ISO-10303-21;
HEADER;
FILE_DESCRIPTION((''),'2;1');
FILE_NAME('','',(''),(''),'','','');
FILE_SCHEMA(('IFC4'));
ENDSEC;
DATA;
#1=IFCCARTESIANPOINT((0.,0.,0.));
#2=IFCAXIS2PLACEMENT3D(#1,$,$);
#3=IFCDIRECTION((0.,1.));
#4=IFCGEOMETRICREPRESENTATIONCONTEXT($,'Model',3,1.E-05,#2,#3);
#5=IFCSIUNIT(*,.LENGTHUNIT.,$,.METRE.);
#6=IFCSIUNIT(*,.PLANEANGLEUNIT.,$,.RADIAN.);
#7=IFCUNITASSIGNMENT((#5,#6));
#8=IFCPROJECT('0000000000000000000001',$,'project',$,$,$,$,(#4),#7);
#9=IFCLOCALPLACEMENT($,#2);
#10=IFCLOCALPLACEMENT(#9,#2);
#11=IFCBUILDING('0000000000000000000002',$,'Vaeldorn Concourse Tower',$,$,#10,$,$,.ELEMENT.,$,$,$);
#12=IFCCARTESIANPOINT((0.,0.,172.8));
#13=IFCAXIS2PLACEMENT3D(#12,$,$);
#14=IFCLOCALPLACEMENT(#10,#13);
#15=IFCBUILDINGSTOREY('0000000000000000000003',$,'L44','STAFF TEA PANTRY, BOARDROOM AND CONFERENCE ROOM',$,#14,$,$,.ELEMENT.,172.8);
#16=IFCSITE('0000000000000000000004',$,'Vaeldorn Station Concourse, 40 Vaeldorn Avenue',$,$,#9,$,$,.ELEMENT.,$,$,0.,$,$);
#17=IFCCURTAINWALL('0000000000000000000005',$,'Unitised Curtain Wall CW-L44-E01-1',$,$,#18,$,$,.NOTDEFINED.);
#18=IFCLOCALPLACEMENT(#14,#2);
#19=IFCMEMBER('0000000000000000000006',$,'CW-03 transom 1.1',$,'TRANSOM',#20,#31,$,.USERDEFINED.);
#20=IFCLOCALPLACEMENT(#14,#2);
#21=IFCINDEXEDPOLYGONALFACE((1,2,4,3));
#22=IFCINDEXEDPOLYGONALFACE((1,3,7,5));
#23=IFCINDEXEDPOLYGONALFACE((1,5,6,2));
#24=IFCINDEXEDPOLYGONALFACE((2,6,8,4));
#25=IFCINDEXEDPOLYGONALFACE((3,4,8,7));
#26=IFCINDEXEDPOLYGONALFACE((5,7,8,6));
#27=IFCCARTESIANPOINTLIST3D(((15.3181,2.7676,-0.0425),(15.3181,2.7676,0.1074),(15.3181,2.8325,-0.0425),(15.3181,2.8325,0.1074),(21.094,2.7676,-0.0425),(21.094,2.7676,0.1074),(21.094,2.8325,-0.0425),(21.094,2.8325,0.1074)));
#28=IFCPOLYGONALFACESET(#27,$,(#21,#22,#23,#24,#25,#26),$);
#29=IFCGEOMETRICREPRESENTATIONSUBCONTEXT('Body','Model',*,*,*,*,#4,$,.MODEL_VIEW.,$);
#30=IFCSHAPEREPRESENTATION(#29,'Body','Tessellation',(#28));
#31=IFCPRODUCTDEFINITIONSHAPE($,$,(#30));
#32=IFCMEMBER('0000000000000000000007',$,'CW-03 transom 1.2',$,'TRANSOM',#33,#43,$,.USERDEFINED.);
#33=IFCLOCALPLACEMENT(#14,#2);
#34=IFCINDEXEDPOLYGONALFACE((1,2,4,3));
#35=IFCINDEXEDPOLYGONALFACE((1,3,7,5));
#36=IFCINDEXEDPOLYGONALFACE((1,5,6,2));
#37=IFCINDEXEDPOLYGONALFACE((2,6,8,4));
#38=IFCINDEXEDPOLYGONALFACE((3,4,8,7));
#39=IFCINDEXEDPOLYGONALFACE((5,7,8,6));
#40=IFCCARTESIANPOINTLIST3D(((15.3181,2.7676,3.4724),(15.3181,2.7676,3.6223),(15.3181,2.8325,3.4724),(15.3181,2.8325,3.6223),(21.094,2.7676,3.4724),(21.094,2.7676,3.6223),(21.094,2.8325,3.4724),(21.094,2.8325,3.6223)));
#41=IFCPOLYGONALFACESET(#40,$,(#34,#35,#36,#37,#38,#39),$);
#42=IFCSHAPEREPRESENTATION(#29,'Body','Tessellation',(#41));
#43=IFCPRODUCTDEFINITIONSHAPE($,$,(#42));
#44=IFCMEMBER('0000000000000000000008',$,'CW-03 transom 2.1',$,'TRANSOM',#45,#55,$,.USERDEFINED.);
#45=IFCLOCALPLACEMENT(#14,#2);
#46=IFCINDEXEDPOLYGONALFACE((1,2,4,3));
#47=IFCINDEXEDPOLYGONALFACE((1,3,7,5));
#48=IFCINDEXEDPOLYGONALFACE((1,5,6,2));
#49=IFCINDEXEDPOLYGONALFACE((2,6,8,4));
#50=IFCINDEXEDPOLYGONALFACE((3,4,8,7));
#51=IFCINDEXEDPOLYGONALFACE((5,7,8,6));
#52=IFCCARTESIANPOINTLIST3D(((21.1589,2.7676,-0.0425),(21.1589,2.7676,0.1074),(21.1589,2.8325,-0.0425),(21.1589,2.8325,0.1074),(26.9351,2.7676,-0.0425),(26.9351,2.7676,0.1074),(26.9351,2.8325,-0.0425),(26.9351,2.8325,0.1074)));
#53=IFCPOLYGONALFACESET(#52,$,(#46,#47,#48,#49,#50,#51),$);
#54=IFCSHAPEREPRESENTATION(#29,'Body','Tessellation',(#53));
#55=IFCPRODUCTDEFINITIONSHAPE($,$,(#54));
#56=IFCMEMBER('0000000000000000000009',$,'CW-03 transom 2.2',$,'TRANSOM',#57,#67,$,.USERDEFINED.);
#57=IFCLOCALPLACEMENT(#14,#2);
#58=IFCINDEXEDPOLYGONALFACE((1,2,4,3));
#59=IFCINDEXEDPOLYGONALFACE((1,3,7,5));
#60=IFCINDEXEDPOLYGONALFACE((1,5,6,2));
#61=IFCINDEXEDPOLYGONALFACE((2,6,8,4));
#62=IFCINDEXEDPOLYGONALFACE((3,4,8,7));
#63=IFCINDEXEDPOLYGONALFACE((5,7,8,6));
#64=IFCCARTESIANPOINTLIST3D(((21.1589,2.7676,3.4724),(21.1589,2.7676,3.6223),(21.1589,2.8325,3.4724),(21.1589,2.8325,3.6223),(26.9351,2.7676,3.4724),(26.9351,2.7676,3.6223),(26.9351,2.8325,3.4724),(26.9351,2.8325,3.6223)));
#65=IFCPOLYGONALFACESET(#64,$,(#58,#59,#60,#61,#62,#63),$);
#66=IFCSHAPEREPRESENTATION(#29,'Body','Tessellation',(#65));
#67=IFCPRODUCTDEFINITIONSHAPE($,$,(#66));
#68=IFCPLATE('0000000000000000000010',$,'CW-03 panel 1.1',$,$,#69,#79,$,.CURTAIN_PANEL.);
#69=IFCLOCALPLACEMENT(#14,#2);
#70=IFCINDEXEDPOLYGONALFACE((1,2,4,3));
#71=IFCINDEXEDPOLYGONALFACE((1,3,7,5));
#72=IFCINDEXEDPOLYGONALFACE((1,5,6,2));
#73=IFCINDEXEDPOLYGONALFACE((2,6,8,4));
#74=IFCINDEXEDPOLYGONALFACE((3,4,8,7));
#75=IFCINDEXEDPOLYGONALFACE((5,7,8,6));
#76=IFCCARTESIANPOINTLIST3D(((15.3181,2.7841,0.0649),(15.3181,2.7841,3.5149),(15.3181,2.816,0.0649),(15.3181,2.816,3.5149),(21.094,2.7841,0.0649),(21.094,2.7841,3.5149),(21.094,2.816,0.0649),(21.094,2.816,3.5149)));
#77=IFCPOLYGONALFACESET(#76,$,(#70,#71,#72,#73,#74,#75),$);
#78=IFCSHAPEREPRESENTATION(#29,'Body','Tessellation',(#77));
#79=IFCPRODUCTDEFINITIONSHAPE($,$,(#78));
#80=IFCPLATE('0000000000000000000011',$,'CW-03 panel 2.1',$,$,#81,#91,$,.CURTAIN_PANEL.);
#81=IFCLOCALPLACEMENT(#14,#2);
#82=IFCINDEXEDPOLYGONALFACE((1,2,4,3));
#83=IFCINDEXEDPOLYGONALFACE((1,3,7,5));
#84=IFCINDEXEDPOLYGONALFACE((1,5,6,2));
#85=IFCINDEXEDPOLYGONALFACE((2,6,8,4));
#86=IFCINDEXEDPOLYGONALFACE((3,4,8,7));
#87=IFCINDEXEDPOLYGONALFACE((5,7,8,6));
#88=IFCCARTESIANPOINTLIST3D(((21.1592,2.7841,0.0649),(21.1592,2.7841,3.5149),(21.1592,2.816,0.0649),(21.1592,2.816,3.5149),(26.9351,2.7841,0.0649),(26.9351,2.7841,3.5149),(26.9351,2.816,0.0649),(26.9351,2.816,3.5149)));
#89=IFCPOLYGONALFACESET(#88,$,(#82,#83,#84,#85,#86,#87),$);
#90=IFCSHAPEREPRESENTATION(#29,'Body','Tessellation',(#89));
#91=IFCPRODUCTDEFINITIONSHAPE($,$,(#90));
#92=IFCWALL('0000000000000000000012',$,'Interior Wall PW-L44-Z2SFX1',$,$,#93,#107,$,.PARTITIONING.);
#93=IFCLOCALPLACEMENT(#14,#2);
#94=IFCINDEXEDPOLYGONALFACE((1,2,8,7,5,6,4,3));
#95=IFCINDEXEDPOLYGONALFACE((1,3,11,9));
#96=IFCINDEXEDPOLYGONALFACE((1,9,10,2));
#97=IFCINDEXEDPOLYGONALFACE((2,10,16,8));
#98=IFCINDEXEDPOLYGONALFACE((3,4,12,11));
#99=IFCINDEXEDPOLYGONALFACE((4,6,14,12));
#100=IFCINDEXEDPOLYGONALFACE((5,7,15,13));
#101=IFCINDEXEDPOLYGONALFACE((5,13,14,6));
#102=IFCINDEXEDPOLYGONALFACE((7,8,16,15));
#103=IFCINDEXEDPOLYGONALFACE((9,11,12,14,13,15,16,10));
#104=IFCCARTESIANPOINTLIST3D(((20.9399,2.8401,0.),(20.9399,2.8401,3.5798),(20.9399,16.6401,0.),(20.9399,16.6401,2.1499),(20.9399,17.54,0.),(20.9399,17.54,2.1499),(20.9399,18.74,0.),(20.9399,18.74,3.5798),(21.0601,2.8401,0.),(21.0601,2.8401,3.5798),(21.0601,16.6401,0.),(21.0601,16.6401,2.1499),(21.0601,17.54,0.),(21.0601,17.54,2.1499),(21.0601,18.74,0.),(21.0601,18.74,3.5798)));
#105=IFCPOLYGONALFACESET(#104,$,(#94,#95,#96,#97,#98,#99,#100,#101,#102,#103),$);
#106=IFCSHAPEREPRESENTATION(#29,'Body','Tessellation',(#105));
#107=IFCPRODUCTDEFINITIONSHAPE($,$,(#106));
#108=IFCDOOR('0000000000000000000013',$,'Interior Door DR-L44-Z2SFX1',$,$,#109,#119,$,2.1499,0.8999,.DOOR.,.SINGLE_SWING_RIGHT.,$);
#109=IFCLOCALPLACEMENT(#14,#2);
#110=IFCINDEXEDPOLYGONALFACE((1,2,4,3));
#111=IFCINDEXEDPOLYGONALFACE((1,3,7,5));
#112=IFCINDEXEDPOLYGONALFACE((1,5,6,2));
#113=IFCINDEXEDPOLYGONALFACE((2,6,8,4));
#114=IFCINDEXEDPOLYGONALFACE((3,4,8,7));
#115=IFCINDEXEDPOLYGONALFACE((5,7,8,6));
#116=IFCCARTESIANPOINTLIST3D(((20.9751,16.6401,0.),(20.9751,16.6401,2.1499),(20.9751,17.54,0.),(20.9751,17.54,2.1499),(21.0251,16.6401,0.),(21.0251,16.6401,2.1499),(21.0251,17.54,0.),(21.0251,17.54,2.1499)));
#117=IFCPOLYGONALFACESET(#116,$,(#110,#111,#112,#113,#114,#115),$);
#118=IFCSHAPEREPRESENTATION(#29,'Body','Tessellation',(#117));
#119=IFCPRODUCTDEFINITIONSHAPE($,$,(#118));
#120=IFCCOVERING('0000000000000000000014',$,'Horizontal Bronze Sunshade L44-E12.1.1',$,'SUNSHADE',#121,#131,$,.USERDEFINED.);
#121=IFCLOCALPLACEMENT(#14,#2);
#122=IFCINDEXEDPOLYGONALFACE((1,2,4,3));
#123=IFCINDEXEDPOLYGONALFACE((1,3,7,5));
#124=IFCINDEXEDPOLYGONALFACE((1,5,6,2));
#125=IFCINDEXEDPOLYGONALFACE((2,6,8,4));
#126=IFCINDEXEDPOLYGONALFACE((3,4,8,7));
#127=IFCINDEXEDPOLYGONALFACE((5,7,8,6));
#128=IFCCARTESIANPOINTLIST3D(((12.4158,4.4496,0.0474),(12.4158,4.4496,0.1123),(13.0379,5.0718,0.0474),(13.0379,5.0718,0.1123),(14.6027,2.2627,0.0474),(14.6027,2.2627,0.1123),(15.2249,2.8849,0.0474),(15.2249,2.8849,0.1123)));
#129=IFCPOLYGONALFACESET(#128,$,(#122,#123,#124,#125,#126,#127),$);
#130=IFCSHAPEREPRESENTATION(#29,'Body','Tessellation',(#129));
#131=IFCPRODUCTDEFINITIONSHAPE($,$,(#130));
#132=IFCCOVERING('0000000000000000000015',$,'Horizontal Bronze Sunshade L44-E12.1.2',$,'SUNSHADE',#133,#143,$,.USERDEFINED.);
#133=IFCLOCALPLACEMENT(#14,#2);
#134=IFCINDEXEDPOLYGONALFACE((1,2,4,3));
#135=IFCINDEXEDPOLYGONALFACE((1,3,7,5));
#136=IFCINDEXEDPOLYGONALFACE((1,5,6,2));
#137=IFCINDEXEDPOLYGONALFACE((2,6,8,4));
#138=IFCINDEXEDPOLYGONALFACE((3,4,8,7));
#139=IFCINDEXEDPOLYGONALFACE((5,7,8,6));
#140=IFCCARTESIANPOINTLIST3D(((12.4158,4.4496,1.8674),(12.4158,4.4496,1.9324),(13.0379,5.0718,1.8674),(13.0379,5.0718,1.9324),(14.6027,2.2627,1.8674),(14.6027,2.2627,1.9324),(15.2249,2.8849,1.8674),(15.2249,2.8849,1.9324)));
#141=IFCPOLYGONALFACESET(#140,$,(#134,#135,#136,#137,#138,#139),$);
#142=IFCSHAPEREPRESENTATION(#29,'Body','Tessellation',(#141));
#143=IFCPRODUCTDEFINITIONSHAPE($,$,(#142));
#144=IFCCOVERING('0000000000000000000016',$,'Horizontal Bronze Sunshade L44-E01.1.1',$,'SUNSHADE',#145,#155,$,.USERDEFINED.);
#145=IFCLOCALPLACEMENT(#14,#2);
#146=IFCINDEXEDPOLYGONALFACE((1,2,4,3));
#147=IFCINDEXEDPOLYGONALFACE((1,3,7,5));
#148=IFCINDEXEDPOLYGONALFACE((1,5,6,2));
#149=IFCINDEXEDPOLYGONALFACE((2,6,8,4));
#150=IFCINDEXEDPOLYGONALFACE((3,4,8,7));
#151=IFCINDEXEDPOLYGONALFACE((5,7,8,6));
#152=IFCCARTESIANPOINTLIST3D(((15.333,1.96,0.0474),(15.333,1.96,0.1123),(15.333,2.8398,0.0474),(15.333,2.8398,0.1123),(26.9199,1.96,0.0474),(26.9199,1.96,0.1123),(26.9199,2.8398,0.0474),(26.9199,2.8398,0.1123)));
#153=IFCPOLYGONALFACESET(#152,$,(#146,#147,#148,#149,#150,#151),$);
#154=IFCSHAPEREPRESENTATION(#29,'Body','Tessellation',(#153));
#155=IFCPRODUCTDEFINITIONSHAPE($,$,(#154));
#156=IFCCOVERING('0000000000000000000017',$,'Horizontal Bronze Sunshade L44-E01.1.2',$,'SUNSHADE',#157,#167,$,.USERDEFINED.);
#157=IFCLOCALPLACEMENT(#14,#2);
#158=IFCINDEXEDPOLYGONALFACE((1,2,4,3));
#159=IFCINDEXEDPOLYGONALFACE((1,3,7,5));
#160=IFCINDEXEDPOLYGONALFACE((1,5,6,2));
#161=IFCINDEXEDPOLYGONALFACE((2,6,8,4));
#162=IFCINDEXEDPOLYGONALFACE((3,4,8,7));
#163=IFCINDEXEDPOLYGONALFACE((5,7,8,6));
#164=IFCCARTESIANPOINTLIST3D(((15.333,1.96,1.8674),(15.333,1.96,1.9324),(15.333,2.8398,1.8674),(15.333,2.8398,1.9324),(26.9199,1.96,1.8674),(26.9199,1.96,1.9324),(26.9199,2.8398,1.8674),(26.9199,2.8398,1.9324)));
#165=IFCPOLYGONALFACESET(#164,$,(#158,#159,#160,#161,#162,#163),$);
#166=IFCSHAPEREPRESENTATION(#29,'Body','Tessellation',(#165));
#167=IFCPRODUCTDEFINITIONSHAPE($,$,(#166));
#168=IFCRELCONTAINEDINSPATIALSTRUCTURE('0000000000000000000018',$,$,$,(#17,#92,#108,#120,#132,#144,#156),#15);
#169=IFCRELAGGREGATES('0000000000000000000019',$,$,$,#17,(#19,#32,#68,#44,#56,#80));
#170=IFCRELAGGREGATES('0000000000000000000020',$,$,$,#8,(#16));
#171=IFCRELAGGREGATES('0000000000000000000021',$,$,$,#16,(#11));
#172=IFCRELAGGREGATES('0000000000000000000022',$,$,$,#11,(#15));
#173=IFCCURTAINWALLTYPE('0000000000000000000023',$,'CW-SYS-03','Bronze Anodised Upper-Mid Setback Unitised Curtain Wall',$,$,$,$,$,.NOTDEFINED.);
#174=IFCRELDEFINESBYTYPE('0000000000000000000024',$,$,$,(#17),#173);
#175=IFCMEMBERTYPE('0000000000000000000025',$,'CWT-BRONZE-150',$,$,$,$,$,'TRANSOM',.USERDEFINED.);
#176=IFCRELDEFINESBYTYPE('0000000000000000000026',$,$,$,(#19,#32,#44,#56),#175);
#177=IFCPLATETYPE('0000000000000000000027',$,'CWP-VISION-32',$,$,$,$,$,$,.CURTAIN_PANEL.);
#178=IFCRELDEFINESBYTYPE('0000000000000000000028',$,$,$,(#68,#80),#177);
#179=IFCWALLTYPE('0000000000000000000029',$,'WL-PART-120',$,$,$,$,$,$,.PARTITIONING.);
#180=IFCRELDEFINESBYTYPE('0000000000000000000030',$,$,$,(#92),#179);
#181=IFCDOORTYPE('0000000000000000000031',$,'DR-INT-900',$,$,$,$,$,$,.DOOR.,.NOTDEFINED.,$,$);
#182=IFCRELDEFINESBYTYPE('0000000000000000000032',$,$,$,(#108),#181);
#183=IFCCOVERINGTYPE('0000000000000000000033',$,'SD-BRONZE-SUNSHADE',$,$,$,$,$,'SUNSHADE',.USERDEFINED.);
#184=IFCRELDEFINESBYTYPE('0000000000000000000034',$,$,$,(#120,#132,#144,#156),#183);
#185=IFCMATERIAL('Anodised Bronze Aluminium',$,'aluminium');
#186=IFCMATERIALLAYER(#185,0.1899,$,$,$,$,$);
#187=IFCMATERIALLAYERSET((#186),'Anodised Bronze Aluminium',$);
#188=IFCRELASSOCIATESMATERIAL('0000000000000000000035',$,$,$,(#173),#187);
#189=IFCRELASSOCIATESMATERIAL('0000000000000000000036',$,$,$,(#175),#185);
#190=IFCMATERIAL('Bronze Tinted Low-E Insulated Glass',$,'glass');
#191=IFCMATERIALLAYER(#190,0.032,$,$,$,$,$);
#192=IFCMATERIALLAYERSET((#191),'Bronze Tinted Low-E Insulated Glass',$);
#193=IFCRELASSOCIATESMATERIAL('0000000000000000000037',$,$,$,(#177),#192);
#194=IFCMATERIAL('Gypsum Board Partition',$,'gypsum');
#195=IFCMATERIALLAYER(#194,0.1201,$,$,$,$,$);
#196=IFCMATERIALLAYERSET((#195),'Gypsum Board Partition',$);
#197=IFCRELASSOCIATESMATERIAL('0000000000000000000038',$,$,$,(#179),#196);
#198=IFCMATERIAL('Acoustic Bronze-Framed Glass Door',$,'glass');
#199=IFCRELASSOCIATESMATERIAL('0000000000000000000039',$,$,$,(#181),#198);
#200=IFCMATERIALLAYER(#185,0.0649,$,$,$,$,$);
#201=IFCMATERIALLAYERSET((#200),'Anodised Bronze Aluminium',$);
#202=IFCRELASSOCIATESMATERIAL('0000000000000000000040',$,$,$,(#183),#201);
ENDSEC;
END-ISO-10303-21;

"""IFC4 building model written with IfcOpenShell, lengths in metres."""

from ifc_helpers import new_model, si_unit, direction, frame, frame_2d, origin, origin_2d, place, context, subcontext, project, spatial, rectangle, extrude, source, transform, mapped, material, layer, layer_set, material_profile, profile_set, type_object, element, fill, aggregate, save


model = new_model("IFC4")

# Units and contexts
model_context = context("Model", 3, precision=1e-05, world=origin(), true_north=direction((0.0, 1.0)))
body_context = subcontext(model_context, "Body", "Model", "MODEL_VIEW")
ifc_project = project(units=[si_unit("LENGTHUNIT", "METRE"), si_unit("PLANEANGLEUNIT", "RADIAN")], contexts=[model_context])

# Site, building, storey
site_placement = place(None, origin())
site = spatial("IfcSite", under=ifc_project, at=site_placement, Name="Vaeldorn Station Concourse, 40 Vaeldorn Avenue", CompositionType="ELEMENT", RefElevation=0.0)
building_placement = place(site_placement, origin())
building = spatial("IfcBuilding", under=site, at=building_placement, Name="Vaeldorn Concourse Tower", CompositionType="ELEMENT")
storey_placement = place(building_placement, frame((0.0, 0.0, 172.8)))
storey = spatial("IfcBuildingStorey", under=building, at=storey_placement, Name="L44", Description="STAFF TEA PANTRY, BOARDROOM AND CONFERENCE ROOM", CompositionType="ELEMENT", Elevation=172.8)

# Curtain wall
ifc_material_1 = material(Name="Anodised Bronze Aluminium", Category="aluminium")
ifc_layer_1 = layer(ifc_material_1, 0.1899)
ifc_layer_set_1 = layer_set([ifc_layer_1], Name="Anodised Bronze Aluminium")
curtain_wall_type = type_object("IfcCurtainWallType", Name="CW-SYS-03", Description="Bronze Anodised Upper-Mid Setback Unitised Curtain Wall", PredefinedType="NOTDEFINED", material=ifc_layer_set_1)
curtain_wall_1_placement = place(storey_placement, origin())
curtain_wall_1 = element("IfcCurtainWall", 1, at=curtain_wall_1_placement, inside=storey, type_object=curtain_wall_type, Name="Unitised Curtain Wall CW-L44-E01-1", PredefinedType="NOTDEFINED")

# Members
ifc_material_profile_1 = material_profile(ifc_material_1, rectangle(XDim=0.0649, YDim=0.1499, at=origin_2d()), Name="CWT 65x150")
ifc_profile_set_1 = profile_set([ifc_material_profile_1], Name="Anodised Bronze Aluminium")
member_type_1 = type_object("IfcMemberType", Name="CWT-BRONZE-150", ElementType="TRANSOM", PredefinedType="USERDEFINED", material=ifc_profile_set_1)
shared_shape_1 = source(origin(), body_context, "Body", "SweptSolid", [
    extrude(rectangle(XDim=0.0649, YDim=0.1499, at=origin_2d()), origin(), (0.0, 0.0, 1.0), 5.7759),
])
member_1_placement = place(storey_placement, frame((15.3181, 2.8, 0.0325), z_axis=(1.0, 0.0, 0.0), x_axis=(0.0, 1.0, 0.0)))
member_1 = element("IfcMember", 2, at=member_1_placement, type_object=member_type_1, Name="CW-03 transom 1.1", ObjectType="TRANSOM", PredefinedType="USERDEFINED", context=body_context, shape_type="MappedRepresentation", body=[
    mapped(shared_shape_1, transform((0.0, 0.0, 0.0), scale=1.0)),
])
member_2_placement = place(storey_placement, frame((15.3181, 2.8, 3.5474), z_axis=(1.0, 0.0, 0.0), x_axis=(0.0, 1.0, 0.0)))
member_2 = element("IfcMember", 3, at=member_2_placement, type_object=member_type_1, Name="CW-03 transom 1.2", ObjectType="TRANSOM", PredefinedType="USERDEFINED", context=body_context, shape_type="MappedRepresentation", body=[
    mapped(shared_shape_1, transform((0.0, 0.0, 0.0), scale=1.0)),
])
shared_shape_2 = source(origin(), body_context, "Body", "SweptSolid", [
    extrude(rectangle(XDim=0.0649, YDim=0.1499, at=origin_2d()), origin(), (0.0, 0.0, 1.0), 5.7761),
])
member_3_placement = place(storey_placement, frame((21.1589, 2.8, 0.0325), z_axis=(1.0, 0.0, 0.0), x_axis=(0.0, 1.0, 0.0)))
member_3 = element("IfcMember", 4, at=member_3_placement, type_object=member_type_1, Name="CW-03 transom 2.1", ObjectType="TRANSOM", PredefinedType="USERDEFINED", context=body_context, shape_type="MappedRepresentation", body=[
    mapped(shared_shape_2, transform((0.0, 0.0, 0.0), scale=1.0)),
])
member_4_placement = place(storey_placement, frame((21.1589, 2.8, 3.5474), z_axis=(1.0, 0.0, 0.0), x_axis=(0.0, 1.0, 0.0)))
member_4 = element("IfcMember", 5, at=member_4_placement, type_object=member_type_1, Name="CW-03 transom 2.2", ObjectType="TRANSOM", PredefinedType="USERDEFINED", context=body_context, shape_type="MappedRepresentation", body=[
    mapped(shared_shape_2, transform((0.0, 0.0, 0.0), scale=1.0)),
])

# Plates
ifc_material_2 = material(Name="Bronze Tinted Low-E Insulated Glass", Category="glass")
ifc_layer_2 = layer(ifc_material_2, 0.032)
ifc_layer_set_2 = layer_set([ifc_layer_2], Name="Bronze Tinted Low-E Insulated Glass")
plate_type = type_object("IfcPlateType", Name="CWP-VISION-32", PredefinedType="CURTAIN_PANEL", material=ifc_layer_set_2)
shared_shape_3 = source(origin(), body_context, "Body", "SweptSolid", [
    extrude(rectangle(XDim=5.7759, YDim=0.032, at=origin_2d()), origin(), (0.0, 0.0, 1.0), 3.45),
])
plate_1_placement = place(storey_placement, frame((18.2061, 2.8, 0.0649), z_axis=(0.0, 0.0, 1.0), x_axis=(1.0, 0.0, 0.0)))
plate_1 = element("IfcPlate", 6, at=plate_1_placement, type_object=plate_type, Name="CW-03 panel 1.1", PredefinedType="CURTAIN_PANEL", context=body_context, shape_type="MappedRepresentation", body=[
    mapped(shared_shape_3, transform((0.0, 0.0, 0.0), scale=1.0)),
])
plate_2_placement = place(storey_placement, frame((24.0471, 2.8, 0.0649), z_axis=(0.0, 0.0, 1.0), x_axis=(1.0, 0.0, 0.0)))
plate_2 = element("IfcPlate", 7, at=plate_2_placement, type_object=plate_type, Name="CW-03 panel 2.1", PredefinedType="CURTAIN_PANEL", context=body_context, shape_type="MappedRepresentation", body=[
    mapped(shared_shape_3, transform((0.0, 0.0, 0.0), scale=1.0)),
])
aggregate(curtain_wall_1, [member_1, member_2, plate_1, member_3, member_4, plate_2])

# Wall, opening, door
ifc_material_3 = material(Name="Gypsum Board Partition", Category="gypsum")
ifc_layer_3 = layer(ifc_material_3, 0.1201)
ifc_layer_set_3 = layer_set([ifc_layer_3], Name="Gypsum Board Partition")
wall_type = type_object("IfcWallType", Name="WL-PART-120", PredefinedType="PARTITIONING", material=ifc_layer_set_3)
wall_placement = place(storey_placement, frame((21.0, 2.8401, 0.0), z_axis=(0.0, 0.0, 1.0), x_axis=(0.0, 1.0, 0.0)))
wall = element("IfcWall", 8, at=wall_placement, inside=storey, type_object=wall_type, Name="Interior Wall PW-L44-Z2SFX1", PredefinedType="PARTITIONING", context=body_context, shape_type="SweptSolid", body=[
    extrude(rectangle(XDim=15.8999, YDim=0.1201, at=frame_2d((7.95, 0.0))), origin(), (0.0, 0.0, 1.0), 3.5798),
])
opening_placement = place(wall_placement, frame((13.8, 0.0, 0.0)))
opening = element("IfcOpeningElement", 9, at=opening_placement, cuts=wall, PredefinedType="OPENING", context=body_context, shape_type="SweptSolid", body=[
    extrude(rectangle(XDim=0.8999, YDim=2.1499, at=frame_2d((0.45, 1.075))), frame((0.0, 0.0701, 0.0), z_axis=(0.0, -1.0, 0.0), x_axis=(1.0, 0.0, 0.0)), (0.0, 0.0, 1.0), 0.1401),
])
ifc_material_4 = material(Name="Acoustic Bronze-Framed Glass Door", Category="glass")
door_type = type_object("IfcDoorType", Name="DR-INT-900", OperationType="NOTDEFINED", PredefinedType="DOOR", material=ifc_material_4)
shared_shape_4 = source(origin(), body_context, "Body", "SweptSolid", [
    extrude(rectangle(XDim=0.8999, YDim=2.1499, at=frame_2d((0.45, 1.075))), frame((0.0, 0.0249, 0.0), z_axis=(0.0, -1.0, 0.0), x_axis=(1.0, 0.0, 0.0)), (0.0, 0.0, 1.0), 0.05),
])
door_placement = place(opening_placement, origin())
door = element("IfcDoor", 10, at=door_placement, inside=storey, type_object=door_type, Name="Interior Door DR-L44-Z2SFX1", OperationType="SINGLE_SWING_RIGHT", OverallHeight=2.1499, OverallWidth=0.8999, PredefinedType="DOOR", context=body_context, shape_type="MappedRepresentation", body=[
    mapped(shared_shape_4, transform((0.0, 0.0, 0.0), scale=1.0)),
])
fill(opening, door)

# Coverings
ifc_layer_4 = layer(ifc_material_1, 0.0649)
ifc_layer_set_4 = layer_set([ifc_layer_4], Name="Anodised Bronze Aluminium")
covering_type = type_object("IfcCoveringType", Name="SD-BRONZE-SUNSHADE", ElementType="SUNSHADE", PredefinedType="USERDEFINED", material=ifc_layer_set_4)
shared_shape_5 = source(origin(), body_context, "Body", "SweptSolid", [
    extrude(rectangle(XDim=3.0928, YDim=0.8799, at=origin_2d()), origin(), (0.0, 0.0, 1.0), 0.0649),
])
for number, where, z_axis, x_axis, name in (
    (11, (13.8203, 3.6672, 0.0474), (0.0, 0.0, 1.0), (0.707107, -0.707107, 0.0), "Horizontal Bronze Sunshade L44-E12.1.1"),
    (12, (13.8203, 3.6672, 1.8674), (0.0, 0.0, 1.0), (0.707107, -0.707107, 0.0), "Horizontal Bronze Sunshade L44-E12.1.2"),
):
    element("IfcCovering", number, at=place(storey_placement, frame(where, z_axis=z_axis, x_axis=x_axis)), inside=storey, type_object=covering_type, Name=name, ObjectType="SUNSHADE", PredefinedType="USERDEFINED", context=body_context, shape_type="MappedRepresentation", body=[
        mapped(shared_shape_5, transform((0.0, 0.0, 0.0), scale=1.0)),
    ])
shared_shape_6 = source(origin(), body_context, "Body", "SweptSolid", [
    extrude(rectangle(XDim=11.5869, YDim=0.8799, at=origin_2d()), origin(), (0.0, 0.0, 1.0), 0.0649),
])
for number, where, z_axis, x_axis, name in (
    (13, (21.1265, 2.3999, 0.0474), (0.0, 0.0, 1.0), (1.0, 0.0, 0.0), "Horizontal Bronze Sunshade L44-E01.1.1"),
    (14, (21.1265, 2.3999, 1.8674), (0.0, 0.0, 1.0), (1.0, 0.0, 0.0), "Horizontal Bronze Sunshade L44-E01.1.2"),
):
    element("IfcCovering", number, at=place(storey_placement, frame(where, z_axis=z_axis, x_axis=x_axis)), inside=storey, type_object=covering_type, Name=name, ObjectType="SUNSHADE", PredefinedType="USERDEFINED", context=body_context, shape_type="MappedRepresentation", body=[
        mapped(shared_shape_6, transform((0.0, 0.0, 0.0), scale=1.0)),
    ])

save(model, "model.ifc")
